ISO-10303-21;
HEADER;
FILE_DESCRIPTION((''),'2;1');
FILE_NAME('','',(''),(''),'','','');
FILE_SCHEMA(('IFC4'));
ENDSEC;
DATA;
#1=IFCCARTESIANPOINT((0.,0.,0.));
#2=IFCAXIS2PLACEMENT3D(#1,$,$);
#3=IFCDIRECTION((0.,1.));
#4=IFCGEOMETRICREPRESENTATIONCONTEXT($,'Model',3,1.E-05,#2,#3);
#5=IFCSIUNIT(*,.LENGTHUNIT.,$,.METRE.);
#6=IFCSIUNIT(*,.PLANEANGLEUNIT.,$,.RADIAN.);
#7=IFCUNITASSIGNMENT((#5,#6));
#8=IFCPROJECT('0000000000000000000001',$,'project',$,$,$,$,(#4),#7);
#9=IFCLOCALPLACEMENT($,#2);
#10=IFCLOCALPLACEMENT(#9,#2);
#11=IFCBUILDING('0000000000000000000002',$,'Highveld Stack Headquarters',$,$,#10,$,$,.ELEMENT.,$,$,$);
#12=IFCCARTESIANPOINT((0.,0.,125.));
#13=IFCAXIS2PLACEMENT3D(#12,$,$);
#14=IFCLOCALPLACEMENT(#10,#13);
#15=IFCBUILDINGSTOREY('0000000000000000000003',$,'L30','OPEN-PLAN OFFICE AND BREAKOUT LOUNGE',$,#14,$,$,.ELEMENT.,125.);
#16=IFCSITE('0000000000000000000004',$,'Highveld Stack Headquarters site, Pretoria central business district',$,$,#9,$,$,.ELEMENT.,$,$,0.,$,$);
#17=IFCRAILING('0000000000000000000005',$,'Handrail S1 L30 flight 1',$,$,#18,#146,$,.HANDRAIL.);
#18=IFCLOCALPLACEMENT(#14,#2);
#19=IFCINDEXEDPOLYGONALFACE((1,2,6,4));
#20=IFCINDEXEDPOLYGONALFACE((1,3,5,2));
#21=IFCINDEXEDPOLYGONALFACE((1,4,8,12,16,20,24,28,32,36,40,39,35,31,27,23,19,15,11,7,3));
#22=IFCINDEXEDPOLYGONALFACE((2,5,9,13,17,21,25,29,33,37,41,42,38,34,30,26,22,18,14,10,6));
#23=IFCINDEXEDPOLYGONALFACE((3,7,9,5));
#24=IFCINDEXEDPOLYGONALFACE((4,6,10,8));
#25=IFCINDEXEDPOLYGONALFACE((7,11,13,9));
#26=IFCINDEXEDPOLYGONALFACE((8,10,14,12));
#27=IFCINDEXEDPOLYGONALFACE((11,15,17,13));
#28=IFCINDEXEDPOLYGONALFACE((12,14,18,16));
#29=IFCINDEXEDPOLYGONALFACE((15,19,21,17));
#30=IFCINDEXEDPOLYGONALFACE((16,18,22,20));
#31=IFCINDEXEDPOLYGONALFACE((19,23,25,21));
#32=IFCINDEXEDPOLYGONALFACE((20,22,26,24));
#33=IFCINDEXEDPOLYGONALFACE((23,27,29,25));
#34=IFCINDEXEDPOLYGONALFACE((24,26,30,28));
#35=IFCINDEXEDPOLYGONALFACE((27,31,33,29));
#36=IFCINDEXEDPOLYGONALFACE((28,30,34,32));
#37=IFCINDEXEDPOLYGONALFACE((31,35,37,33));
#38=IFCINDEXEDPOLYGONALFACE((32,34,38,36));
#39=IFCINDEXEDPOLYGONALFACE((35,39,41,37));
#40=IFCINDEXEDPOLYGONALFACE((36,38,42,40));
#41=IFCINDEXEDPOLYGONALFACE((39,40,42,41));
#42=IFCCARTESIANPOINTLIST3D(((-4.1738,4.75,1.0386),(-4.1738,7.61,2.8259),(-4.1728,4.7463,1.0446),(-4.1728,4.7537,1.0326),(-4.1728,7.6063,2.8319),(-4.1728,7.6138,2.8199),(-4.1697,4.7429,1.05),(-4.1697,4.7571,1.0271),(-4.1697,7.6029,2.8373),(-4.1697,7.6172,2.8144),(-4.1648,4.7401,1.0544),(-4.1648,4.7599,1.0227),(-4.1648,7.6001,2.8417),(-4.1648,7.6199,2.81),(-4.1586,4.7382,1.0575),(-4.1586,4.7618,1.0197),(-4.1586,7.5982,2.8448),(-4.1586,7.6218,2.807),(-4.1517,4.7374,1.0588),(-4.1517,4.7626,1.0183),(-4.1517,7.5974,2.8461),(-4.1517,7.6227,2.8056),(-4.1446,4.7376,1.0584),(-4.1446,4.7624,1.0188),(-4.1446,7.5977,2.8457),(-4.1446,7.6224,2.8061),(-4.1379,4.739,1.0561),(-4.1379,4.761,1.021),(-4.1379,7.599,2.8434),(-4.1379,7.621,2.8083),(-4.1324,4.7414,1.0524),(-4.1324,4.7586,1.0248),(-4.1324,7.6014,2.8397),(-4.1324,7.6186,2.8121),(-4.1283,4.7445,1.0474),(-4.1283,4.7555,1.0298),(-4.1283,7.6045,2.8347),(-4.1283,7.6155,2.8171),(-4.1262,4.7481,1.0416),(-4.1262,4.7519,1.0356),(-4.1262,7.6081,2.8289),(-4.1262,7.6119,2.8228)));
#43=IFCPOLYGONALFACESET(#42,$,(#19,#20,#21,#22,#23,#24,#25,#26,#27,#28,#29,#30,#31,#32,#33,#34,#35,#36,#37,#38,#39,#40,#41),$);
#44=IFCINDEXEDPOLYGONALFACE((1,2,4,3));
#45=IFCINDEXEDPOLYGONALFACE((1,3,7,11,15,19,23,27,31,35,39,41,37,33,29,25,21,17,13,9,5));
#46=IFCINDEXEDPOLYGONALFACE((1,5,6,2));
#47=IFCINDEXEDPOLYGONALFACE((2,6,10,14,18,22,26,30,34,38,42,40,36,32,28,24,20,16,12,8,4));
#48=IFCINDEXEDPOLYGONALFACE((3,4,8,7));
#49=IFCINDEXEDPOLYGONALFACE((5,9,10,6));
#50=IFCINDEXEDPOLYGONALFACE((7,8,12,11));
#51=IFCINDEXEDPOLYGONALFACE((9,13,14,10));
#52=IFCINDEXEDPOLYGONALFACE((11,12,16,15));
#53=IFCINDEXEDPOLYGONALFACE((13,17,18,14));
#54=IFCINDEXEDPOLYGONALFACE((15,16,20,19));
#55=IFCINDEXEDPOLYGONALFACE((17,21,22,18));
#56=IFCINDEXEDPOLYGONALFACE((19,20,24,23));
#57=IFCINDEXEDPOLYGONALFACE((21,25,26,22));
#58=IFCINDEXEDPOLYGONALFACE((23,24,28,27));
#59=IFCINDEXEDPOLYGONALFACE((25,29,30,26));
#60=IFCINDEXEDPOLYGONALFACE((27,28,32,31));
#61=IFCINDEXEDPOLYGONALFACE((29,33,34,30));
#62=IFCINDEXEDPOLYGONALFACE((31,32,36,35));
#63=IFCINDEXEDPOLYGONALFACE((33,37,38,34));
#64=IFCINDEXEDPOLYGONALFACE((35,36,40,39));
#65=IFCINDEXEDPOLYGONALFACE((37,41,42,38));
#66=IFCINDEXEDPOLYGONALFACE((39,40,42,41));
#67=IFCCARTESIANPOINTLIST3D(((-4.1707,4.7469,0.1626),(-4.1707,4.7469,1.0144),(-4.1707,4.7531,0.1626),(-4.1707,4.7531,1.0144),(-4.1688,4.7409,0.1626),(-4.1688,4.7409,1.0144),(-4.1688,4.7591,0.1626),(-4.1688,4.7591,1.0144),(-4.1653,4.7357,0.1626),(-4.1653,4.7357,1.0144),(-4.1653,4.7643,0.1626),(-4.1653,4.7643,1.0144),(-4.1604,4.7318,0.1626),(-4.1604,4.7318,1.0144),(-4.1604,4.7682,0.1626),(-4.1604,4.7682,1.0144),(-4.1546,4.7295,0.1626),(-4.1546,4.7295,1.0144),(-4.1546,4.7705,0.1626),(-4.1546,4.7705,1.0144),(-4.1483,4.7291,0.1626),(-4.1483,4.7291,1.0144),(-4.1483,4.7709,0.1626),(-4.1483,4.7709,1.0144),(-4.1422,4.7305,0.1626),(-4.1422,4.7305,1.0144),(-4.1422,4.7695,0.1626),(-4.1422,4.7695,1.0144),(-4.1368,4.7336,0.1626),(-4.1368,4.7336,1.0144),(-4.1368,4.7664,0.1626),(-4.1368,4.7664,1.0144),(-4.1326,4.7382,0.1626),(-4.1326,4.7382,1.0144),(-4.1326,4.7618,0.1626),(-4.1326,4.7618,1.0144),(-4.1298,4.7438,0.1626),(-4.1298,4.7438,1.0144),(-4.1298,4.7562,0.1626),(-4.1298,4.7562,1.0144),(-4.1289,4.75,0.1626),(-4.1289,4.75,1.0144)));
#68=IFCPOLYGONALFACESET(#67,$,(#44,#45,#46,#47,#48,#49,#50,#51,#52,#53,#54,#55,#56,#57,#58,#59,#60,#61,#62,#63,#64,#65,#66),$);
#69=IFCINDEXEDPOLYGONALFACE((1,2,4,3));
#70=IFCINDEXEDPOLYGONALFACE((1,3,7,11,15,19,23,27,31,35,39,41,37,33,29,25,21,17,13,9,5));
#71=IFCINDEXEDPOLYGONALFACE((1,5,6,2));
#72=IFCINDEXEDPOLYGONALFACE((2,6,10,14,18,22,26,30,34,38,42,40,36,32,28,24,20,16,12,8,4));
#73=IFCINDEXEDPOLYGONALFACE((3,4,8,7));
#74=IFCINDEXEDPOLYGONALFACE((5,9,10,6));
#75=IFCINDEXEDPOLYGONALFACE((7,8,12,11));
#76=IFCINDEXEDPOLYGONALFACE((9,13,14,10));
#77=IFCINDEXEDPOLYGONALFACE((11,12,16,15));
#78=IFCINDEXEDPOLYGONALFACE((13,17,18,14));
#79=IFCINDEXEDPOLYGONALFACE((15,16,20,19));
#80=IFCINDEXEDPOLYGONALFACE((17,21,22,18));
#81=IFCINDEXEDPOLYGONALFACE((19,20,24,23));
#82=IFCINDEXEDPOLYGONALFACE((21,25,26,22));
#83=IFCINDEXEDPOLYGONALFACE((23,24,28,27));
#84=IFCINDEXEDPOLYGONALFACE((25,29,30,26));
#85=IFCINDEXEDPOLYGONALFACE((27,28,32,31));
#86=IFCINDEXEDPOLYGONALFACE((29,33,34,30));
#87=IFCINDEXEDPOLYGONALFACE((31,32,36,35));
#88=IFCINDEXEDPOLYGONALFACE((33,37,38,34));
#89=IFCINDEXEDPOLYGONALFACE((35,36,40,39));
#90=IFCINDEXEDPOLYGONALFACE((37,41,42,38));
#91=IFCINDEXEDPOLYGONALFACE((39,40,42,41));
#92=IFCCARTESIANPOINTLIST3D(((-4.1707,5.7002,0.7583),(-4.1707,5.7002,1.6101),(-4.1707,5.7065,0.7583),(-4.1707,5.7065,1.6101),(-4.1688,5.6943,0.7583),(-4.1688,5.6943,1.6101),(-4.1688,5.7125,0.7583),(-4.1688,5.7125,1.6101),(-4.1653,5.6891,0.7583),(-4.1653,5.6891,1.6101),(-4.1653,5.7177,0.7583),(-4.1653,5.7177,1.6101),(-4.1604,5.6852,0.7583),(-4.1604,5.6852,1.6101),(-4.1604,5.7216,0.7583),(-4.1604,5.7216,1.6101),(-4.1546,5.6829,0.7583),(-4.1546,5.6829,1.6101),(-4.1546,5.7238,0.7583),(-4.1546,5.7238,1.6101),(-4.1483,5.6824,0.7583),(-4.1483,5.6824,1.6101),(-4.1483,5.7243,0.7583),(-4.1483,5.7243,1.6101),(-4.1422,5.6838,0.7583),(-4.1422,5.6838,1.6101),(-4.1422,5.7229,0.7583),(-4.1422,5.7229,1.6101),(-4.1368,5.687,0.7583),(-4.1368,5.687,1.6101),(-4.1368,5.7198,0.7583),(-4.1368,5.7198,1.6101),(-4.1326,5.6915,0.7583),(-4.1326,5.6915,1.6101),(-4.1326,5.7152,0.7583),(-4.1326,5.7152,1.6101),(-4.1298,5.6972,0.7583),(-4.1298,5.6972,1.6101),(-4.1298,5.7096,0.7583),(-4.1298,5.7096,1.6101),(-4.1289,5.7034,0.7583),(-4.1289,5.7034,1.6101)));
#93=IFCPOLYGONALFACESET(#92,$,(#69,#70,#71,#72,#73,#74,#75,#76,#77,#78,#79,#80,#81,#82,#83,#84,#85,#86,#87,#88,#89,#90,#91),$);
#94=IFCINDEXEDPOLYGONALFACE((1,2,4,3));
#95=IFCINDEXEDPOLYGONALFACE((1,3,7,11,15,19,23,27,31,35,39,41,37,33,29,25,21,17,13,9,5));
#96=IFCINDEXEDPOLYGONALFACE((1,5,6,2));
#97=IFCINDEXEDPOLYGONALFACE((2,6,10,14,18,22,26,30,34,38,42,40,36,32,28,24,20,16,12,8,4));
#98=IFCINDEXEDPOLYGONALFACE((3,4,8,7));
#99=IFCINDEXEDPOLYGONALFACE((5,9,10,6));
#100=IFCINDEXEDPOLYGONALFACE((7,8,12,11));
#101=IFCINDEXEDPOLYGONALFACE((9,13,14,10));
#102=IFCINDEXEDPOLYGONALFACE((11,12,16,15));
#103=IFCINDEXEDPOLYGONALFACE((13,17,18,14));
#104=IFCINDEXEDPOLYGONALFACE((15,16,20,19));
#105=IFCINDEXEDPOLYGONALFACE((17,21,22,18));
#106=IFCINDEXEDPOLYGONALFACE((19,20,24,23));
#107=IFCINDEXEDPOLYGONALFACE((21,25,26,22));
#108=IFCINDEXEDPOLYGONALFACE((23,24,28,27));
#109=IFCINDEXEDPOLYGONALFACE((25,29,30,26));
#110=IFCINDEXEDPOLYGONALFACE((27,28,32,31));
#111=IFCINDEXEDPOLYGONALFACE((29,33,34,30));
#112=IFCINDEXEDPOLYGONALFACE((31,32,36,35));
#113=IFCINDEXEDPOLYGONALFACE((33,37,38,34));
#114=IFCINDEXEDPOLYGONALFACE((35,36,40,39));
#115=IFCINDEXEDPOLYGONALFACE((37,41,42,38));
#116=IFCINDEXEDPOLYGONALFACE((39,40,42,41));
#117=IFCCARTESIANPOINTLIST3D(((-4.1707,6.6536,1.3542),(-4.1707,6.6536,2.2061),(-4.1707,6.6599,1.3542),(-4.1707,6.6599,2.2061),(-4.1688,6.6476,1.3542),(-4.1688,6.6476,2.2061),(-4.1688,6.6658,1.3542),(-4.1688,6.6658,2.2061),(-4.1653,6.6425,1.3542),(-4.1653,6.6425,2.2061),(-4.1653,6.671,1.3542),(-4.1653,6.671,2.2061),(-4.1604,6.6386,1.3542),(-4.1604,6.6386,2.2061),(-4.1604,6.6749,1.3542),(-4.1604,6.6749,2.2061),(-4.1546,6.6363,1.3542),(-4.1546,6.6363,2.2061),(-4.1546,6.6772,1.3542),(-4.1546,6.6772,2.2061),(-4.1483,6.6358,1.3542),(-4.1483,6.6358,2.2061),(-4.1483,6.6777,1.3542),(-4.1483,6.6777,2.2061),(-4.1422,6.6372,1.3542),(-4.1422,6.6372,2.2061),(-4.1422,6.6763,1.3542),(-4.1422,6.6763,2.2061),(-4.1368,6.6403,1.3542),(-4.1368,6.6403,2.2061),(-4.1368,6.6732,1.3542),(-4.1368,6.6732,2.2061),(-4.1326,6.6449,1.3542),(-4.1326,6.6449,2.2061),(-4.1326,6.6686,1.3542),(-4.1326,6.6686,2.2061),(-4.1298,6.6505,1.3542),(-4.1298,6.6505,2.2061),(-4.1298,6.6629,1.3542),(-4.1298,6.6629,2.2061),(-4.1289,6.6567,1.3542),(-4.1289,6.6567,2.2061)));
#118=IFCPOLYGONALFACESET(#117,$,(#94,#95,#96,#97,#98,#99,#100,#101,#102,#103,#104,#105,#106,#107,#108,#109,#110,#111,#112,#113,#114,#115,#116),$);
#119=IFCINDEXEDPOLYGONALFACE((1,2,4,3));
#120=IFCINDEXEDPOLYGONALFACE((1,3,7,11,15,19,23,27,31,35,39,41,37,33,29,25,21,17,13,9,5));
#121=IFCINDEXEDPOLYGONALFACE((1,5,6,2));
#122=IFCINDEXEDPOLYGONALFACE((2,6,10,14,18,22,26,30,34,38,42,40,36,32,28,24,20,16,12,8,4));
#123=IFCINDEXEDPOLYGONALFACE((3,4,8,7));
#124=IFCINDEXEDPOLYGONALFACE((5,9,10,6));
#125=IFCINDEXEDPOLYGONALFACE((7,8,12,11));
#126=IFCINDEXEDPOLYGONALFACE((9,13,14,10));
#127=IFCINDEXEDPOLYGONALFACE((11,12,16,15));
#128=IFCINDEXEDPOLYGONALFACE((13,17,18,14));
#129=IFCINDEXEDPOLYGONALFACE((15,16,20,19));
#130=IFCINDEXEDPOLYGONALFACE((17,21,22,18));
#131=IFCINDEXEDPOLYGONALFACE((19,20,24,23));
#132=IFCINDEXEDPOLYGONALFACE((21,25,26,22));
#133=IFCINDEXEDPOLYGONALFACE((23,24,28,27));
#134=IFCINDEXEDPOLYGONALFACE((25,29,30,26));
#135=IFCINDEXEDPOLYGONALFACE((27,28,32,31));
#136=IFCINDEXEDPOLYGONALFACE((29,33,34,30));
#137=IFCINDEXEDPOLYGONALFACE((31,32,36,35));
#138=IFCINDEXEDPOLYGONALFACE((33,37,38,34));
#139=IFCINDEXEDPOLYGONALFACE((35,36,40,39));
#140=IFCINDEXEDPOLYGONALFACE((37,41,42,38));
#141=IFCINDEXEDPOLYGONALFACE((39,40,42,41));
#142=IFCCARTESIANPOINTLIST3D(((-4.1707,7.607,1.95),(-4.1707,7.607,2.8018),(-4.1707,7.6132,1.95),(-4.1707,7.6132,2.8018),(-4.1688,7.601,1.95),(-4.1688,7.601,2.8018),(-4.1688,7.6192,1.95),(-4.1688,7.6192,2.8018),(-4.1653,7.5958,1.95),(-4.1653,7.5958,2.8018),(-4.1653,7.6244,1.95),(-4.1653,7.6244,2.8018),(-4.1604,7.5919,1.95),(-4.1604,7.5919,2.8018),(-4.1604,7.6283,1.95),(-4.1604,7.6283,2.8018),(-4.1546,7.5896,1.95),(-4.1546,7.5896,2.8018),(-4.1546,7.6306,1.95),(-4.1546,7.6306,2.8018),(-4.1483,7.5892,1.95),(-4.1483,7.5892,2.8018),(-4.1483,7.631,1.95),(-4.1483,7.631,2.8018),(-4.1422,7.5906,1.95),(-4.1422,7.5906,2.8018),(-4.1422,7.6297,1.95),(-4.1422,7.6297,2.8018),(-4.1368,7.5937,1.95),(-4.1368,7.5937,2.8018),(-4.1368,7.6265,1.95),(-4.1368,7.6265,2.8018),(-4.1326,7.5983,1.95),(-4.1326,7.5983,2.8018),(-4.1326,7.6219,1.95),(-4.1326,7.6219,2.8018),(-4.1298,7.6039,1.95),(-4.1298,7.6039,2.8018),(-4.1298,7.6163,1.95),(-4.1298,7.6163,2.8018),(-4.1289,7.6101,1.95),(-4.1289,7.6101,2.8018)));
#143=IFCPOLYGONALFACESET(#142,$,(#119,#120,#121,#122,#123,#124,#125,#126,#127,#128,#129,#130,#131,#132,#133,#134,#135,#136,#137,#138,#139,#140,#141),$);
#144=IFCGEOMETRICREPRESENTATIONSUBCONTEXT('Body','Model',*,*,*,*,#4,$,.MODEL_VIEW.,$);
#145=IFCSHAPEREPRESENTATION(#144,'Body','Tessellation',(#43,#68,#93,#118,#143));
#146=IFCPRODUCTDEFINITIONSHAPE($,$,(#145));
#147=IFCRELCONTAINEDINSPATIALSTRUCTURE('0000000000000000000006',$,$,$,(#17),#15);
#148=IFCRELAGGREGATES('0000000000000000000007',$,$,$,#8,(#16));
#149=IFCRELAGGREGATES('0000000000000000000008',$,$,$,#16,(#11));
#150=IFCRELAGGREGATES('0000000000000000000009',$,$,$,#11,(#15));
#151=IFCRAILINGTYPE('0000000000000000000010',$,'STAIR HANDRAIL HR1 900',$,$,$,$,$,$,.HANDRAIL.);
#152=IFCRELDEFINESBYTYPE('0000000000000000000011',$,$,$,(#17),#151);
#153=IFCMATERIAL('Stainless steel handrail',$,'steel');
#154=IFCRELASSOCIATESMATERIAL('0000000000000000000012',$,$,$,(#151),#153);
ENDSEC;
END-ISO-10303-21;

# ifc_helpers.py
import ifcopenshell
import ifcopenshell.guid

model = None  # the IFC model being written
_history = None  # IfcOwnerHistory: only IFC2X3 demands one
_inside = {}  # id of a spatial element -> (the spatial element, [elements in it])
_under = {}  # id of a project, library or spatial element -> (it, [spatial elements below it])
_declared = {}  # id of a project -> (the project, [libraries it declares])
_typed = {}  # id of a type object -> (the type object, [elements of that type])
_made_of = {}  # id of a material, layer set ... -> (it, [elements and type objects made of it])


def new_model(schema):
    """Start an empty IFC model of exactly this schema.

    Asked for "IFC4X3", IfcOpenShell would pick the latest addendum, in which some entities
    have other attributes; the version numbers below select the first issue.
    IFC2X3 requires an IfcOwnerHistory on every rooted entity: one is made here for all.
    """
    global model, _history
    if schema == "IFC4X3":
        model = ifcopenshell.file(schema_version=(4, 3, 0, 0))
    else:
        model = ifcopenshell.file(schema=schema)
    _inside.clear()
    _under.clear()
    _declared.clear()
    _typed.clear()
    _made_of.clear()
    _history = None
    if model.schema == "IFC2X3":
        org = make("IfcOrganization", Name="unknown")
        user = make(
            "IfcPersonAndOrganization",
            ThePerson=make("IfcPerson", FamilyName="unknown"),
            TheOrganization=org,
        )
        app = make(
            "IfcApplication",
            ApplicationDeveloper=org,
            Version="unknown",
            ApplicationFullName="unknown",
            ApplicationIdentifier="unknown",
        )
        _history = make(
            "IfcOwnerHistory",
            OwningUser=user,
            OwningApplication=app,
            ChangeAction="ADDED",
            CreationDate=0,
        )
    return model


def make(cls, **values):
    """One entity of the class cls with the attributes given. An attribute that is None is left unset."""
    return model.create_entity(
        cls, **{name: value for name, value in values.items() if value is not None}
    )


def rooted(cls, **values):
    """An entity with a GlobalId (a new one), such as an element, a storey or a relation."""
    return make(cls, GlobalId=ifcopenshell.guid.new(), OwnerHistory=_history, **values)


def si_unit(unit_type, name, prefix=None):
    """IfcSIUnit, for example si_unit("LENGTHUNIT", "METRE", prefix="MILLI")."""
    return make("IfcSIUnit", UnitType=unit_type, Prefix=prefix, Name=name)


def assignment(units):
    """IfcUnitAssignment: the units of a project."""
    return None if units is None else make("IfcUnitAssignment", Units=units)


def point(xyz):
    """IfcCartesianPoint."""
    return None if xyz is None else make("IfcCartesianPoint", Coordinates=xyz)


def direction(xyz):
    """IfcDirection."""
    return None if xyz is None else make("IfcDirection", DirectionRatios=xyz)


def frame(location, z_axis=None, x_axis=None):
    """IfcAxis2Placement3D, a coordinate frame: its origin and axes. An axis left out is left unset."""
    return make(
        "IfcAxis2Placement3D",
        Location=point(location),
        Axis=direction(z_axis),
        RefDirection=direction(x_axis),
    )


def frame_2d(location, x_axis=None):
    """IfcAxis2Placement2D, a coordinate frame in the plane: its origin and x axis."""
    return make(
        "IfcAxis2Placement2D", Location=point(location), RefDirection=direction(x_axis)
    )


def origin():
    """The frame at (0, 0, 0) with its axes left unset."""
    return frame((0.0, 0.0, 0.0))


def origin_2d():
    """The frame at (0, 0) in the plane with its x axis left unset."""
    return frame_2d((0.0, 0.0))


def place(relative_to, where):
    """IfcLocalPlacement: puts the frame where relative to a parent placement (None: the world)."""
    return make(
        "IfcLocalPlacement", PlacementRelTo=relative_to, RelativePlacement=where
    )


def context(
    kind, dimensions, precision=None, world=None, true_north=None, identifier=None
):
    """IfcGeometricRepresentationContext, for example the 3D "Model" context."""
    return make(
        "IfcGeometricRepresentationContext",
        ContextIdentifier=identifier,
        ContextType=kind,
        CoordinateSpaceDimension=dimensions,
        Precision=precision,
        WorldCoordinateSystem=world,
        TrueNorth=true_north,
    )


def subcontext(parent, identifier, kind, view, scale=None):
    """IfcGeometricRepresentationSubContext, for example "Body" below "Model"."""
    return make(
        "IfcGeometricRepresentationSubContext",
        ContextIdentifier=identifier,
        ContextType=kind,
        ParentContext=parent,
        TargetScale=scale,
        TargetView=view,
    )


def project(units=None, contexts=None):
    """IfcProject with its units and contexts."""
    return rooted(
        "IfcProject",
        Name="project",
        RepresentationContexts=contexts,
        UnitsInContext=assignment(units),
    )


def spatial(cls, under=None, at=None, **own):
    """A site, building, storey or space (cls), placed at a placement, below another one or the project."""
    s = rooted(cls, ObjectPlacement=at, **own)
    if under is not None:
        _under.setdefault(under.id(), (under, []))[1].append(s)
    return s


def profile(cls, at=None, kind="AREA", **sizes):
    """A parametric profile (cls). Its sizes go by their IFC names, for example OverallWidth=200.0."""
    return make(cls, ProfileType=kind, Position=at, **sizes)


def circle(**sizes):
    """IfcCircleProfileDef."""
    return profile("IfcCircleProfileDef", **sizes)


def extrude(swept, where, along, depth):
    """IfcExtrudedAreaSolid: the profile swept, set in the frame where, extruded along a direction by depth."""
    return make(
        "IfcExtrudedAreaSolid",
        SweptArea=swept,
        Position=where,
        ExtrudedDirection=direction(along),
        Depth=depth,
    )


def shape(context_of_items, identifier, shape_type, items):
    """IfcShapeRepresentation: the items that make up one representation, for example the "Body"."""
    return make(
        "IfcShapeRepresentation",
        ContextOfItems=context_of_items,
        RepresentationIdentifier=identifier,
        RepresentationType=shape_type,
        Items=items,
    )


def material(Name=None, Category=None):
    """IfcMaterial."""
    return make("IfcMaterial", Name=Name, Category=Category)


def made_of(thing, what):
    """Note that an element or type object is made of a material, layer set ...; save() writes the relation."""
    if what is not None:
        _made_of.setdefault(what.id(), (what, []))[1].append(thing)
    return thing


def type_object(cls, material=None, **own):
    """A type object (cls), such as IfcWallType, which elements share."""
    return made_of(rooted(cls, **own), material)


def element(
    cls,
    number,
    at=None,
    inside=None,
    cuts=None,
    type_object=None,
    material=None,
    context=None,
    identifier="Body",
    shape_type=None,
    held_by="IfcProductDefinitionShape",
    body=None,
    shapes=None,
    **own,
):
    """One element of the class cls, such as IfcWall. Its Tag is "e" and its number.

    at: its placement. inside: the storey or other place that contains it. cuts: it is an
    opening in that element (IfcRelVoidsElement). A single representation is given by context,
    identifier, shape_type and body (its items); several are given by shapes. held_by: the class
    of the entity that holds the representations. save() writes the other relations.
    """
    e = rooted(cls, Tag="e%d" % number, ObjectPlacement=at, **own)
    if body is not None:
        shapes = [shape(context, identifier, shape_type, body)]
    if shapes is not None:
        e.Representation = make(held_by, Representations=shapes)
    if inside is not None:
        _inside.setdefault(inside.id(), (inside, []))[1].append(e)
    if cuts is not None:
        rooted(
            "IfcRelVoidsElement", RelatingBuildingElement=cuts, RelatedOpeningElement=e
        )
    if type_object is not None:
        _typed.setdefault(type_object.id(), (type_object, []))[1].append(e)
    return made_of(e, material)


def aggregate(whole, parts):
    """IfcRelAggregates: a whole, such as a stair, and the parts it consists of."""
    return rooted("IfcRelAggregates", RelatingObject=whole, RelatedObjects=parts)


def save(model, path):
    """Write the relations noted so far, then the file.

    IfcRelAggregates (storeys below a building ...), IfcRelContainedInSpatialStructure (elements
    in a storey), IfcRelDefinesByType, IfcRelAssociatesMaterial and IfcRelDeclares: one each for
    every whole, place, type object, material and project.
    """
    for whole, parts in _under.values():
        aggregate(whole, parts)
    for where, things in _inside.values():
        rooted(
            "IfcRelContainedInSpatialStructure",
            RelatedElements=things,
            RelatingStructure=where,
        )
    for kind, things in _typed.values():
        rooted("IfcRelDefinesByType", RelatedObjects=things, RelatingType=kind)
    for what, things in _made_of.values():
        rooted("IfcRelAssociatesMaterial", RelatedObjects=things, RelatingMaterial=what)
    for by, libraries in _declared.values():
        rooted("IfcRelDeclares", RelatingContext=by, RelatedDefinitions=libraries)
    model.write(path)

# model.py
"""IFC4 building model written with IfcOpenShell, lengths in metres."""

from ifc_helpers import new_model, si_unit, direction, frame, origin, origin_2d, place, context, subcontext, project, spatial, circle, extrude, material, type_object, element, save


model = new_model("IFC4")

# Units and contexts
model_context = context("Model", 3, precision=1e-05, world=origin(), true_north=direction((0.0, 1.0)))
body_context = subcontext(model_context, "Body", "Model", "MODEL_VIEW")
ifc_project = project(units=[si_unit("LENGTHUNIT", "METRE"), si_unit("PLANEANGLEUNIT", "RADIAN")], contexts=[model_context])

# Site, building, storey
site_placement = place(None, origin())
site = spatial("IfcSite", under=ifc_project, at=site_placement, Name="Highveld Stack Headquarters site, Pretoria central business district", CompositionType="ELEMENT", RefElevation=0.0)
building_placement = place(site_placement, origin())
building = spatial("IfcBuilding", under=site, at=building_placement, Name="Highveld Stack Headquarters", CompositionType="ELEMENT")
storey_placement = place(building_placement, frame((0.0, 0.0, 125.0)))
storey = spatial("IfcBuildingStorey", under=building, at=storey_placement, Name="L30", Description="OPEN-PLAN OFFICE AND BREAKOUT LOUNGE", CompositionType="ELEMENT", Elevation=125.0)

# Railing
ifc_material_1 = material(Name="Stainless steel handrail", Category="steel")
railing_type = type_object("IfcRailingType", Name="STAIR HANDRAIL HR1 900", PredefinedType="HANDRAIL", material=ifc_material_1)
for number, where, name in (
    (1, (-4.1499, 4.75, 0.1626), "Handrail S1 L30 flight 1"),
):
    element("IfcRailing", number, at=place(storey_placement, frame(where)), inside=storey, type_object=railing_type, Name=name, PredefinedType="HANDRAIL", context=body_context, shape_type="SweptSolid", body=[
        extrude(circle(Radius=0.0239, at=origin_2d()), frame((0.0, 0.0, 0.876), z_axis=(0.0, 0.848027, 0.529953), x_axis=(-1.0, 0.0, 0.0)), (0.0, 0.0, 1.0), 3.3726),
        extrude(circle(Radius=0.021, at=origin_2d()), origin(), (0.0, 0.0, 1.0), 0.8518),
        extrude(circle(Radius=0.021, at=origin_2d()), frame((0.0, 0.9534, 0.5957)), (0.0, 0.0, 1.0), 0.8518),
        extrude(circle(Radius=0.021, at=origin_2d()), frame((0.0, 1.9067, 1.1917)), (0.0, 0.0, 1.0), 0.8518),
        extrude(circle(Radius=0.021, at=origin_2d()), frame((0.0, 2.8601, 1.7874)), (0.0, 0.0, 1.0), 0.8518),
    ])

save(model, "model.ifc")
